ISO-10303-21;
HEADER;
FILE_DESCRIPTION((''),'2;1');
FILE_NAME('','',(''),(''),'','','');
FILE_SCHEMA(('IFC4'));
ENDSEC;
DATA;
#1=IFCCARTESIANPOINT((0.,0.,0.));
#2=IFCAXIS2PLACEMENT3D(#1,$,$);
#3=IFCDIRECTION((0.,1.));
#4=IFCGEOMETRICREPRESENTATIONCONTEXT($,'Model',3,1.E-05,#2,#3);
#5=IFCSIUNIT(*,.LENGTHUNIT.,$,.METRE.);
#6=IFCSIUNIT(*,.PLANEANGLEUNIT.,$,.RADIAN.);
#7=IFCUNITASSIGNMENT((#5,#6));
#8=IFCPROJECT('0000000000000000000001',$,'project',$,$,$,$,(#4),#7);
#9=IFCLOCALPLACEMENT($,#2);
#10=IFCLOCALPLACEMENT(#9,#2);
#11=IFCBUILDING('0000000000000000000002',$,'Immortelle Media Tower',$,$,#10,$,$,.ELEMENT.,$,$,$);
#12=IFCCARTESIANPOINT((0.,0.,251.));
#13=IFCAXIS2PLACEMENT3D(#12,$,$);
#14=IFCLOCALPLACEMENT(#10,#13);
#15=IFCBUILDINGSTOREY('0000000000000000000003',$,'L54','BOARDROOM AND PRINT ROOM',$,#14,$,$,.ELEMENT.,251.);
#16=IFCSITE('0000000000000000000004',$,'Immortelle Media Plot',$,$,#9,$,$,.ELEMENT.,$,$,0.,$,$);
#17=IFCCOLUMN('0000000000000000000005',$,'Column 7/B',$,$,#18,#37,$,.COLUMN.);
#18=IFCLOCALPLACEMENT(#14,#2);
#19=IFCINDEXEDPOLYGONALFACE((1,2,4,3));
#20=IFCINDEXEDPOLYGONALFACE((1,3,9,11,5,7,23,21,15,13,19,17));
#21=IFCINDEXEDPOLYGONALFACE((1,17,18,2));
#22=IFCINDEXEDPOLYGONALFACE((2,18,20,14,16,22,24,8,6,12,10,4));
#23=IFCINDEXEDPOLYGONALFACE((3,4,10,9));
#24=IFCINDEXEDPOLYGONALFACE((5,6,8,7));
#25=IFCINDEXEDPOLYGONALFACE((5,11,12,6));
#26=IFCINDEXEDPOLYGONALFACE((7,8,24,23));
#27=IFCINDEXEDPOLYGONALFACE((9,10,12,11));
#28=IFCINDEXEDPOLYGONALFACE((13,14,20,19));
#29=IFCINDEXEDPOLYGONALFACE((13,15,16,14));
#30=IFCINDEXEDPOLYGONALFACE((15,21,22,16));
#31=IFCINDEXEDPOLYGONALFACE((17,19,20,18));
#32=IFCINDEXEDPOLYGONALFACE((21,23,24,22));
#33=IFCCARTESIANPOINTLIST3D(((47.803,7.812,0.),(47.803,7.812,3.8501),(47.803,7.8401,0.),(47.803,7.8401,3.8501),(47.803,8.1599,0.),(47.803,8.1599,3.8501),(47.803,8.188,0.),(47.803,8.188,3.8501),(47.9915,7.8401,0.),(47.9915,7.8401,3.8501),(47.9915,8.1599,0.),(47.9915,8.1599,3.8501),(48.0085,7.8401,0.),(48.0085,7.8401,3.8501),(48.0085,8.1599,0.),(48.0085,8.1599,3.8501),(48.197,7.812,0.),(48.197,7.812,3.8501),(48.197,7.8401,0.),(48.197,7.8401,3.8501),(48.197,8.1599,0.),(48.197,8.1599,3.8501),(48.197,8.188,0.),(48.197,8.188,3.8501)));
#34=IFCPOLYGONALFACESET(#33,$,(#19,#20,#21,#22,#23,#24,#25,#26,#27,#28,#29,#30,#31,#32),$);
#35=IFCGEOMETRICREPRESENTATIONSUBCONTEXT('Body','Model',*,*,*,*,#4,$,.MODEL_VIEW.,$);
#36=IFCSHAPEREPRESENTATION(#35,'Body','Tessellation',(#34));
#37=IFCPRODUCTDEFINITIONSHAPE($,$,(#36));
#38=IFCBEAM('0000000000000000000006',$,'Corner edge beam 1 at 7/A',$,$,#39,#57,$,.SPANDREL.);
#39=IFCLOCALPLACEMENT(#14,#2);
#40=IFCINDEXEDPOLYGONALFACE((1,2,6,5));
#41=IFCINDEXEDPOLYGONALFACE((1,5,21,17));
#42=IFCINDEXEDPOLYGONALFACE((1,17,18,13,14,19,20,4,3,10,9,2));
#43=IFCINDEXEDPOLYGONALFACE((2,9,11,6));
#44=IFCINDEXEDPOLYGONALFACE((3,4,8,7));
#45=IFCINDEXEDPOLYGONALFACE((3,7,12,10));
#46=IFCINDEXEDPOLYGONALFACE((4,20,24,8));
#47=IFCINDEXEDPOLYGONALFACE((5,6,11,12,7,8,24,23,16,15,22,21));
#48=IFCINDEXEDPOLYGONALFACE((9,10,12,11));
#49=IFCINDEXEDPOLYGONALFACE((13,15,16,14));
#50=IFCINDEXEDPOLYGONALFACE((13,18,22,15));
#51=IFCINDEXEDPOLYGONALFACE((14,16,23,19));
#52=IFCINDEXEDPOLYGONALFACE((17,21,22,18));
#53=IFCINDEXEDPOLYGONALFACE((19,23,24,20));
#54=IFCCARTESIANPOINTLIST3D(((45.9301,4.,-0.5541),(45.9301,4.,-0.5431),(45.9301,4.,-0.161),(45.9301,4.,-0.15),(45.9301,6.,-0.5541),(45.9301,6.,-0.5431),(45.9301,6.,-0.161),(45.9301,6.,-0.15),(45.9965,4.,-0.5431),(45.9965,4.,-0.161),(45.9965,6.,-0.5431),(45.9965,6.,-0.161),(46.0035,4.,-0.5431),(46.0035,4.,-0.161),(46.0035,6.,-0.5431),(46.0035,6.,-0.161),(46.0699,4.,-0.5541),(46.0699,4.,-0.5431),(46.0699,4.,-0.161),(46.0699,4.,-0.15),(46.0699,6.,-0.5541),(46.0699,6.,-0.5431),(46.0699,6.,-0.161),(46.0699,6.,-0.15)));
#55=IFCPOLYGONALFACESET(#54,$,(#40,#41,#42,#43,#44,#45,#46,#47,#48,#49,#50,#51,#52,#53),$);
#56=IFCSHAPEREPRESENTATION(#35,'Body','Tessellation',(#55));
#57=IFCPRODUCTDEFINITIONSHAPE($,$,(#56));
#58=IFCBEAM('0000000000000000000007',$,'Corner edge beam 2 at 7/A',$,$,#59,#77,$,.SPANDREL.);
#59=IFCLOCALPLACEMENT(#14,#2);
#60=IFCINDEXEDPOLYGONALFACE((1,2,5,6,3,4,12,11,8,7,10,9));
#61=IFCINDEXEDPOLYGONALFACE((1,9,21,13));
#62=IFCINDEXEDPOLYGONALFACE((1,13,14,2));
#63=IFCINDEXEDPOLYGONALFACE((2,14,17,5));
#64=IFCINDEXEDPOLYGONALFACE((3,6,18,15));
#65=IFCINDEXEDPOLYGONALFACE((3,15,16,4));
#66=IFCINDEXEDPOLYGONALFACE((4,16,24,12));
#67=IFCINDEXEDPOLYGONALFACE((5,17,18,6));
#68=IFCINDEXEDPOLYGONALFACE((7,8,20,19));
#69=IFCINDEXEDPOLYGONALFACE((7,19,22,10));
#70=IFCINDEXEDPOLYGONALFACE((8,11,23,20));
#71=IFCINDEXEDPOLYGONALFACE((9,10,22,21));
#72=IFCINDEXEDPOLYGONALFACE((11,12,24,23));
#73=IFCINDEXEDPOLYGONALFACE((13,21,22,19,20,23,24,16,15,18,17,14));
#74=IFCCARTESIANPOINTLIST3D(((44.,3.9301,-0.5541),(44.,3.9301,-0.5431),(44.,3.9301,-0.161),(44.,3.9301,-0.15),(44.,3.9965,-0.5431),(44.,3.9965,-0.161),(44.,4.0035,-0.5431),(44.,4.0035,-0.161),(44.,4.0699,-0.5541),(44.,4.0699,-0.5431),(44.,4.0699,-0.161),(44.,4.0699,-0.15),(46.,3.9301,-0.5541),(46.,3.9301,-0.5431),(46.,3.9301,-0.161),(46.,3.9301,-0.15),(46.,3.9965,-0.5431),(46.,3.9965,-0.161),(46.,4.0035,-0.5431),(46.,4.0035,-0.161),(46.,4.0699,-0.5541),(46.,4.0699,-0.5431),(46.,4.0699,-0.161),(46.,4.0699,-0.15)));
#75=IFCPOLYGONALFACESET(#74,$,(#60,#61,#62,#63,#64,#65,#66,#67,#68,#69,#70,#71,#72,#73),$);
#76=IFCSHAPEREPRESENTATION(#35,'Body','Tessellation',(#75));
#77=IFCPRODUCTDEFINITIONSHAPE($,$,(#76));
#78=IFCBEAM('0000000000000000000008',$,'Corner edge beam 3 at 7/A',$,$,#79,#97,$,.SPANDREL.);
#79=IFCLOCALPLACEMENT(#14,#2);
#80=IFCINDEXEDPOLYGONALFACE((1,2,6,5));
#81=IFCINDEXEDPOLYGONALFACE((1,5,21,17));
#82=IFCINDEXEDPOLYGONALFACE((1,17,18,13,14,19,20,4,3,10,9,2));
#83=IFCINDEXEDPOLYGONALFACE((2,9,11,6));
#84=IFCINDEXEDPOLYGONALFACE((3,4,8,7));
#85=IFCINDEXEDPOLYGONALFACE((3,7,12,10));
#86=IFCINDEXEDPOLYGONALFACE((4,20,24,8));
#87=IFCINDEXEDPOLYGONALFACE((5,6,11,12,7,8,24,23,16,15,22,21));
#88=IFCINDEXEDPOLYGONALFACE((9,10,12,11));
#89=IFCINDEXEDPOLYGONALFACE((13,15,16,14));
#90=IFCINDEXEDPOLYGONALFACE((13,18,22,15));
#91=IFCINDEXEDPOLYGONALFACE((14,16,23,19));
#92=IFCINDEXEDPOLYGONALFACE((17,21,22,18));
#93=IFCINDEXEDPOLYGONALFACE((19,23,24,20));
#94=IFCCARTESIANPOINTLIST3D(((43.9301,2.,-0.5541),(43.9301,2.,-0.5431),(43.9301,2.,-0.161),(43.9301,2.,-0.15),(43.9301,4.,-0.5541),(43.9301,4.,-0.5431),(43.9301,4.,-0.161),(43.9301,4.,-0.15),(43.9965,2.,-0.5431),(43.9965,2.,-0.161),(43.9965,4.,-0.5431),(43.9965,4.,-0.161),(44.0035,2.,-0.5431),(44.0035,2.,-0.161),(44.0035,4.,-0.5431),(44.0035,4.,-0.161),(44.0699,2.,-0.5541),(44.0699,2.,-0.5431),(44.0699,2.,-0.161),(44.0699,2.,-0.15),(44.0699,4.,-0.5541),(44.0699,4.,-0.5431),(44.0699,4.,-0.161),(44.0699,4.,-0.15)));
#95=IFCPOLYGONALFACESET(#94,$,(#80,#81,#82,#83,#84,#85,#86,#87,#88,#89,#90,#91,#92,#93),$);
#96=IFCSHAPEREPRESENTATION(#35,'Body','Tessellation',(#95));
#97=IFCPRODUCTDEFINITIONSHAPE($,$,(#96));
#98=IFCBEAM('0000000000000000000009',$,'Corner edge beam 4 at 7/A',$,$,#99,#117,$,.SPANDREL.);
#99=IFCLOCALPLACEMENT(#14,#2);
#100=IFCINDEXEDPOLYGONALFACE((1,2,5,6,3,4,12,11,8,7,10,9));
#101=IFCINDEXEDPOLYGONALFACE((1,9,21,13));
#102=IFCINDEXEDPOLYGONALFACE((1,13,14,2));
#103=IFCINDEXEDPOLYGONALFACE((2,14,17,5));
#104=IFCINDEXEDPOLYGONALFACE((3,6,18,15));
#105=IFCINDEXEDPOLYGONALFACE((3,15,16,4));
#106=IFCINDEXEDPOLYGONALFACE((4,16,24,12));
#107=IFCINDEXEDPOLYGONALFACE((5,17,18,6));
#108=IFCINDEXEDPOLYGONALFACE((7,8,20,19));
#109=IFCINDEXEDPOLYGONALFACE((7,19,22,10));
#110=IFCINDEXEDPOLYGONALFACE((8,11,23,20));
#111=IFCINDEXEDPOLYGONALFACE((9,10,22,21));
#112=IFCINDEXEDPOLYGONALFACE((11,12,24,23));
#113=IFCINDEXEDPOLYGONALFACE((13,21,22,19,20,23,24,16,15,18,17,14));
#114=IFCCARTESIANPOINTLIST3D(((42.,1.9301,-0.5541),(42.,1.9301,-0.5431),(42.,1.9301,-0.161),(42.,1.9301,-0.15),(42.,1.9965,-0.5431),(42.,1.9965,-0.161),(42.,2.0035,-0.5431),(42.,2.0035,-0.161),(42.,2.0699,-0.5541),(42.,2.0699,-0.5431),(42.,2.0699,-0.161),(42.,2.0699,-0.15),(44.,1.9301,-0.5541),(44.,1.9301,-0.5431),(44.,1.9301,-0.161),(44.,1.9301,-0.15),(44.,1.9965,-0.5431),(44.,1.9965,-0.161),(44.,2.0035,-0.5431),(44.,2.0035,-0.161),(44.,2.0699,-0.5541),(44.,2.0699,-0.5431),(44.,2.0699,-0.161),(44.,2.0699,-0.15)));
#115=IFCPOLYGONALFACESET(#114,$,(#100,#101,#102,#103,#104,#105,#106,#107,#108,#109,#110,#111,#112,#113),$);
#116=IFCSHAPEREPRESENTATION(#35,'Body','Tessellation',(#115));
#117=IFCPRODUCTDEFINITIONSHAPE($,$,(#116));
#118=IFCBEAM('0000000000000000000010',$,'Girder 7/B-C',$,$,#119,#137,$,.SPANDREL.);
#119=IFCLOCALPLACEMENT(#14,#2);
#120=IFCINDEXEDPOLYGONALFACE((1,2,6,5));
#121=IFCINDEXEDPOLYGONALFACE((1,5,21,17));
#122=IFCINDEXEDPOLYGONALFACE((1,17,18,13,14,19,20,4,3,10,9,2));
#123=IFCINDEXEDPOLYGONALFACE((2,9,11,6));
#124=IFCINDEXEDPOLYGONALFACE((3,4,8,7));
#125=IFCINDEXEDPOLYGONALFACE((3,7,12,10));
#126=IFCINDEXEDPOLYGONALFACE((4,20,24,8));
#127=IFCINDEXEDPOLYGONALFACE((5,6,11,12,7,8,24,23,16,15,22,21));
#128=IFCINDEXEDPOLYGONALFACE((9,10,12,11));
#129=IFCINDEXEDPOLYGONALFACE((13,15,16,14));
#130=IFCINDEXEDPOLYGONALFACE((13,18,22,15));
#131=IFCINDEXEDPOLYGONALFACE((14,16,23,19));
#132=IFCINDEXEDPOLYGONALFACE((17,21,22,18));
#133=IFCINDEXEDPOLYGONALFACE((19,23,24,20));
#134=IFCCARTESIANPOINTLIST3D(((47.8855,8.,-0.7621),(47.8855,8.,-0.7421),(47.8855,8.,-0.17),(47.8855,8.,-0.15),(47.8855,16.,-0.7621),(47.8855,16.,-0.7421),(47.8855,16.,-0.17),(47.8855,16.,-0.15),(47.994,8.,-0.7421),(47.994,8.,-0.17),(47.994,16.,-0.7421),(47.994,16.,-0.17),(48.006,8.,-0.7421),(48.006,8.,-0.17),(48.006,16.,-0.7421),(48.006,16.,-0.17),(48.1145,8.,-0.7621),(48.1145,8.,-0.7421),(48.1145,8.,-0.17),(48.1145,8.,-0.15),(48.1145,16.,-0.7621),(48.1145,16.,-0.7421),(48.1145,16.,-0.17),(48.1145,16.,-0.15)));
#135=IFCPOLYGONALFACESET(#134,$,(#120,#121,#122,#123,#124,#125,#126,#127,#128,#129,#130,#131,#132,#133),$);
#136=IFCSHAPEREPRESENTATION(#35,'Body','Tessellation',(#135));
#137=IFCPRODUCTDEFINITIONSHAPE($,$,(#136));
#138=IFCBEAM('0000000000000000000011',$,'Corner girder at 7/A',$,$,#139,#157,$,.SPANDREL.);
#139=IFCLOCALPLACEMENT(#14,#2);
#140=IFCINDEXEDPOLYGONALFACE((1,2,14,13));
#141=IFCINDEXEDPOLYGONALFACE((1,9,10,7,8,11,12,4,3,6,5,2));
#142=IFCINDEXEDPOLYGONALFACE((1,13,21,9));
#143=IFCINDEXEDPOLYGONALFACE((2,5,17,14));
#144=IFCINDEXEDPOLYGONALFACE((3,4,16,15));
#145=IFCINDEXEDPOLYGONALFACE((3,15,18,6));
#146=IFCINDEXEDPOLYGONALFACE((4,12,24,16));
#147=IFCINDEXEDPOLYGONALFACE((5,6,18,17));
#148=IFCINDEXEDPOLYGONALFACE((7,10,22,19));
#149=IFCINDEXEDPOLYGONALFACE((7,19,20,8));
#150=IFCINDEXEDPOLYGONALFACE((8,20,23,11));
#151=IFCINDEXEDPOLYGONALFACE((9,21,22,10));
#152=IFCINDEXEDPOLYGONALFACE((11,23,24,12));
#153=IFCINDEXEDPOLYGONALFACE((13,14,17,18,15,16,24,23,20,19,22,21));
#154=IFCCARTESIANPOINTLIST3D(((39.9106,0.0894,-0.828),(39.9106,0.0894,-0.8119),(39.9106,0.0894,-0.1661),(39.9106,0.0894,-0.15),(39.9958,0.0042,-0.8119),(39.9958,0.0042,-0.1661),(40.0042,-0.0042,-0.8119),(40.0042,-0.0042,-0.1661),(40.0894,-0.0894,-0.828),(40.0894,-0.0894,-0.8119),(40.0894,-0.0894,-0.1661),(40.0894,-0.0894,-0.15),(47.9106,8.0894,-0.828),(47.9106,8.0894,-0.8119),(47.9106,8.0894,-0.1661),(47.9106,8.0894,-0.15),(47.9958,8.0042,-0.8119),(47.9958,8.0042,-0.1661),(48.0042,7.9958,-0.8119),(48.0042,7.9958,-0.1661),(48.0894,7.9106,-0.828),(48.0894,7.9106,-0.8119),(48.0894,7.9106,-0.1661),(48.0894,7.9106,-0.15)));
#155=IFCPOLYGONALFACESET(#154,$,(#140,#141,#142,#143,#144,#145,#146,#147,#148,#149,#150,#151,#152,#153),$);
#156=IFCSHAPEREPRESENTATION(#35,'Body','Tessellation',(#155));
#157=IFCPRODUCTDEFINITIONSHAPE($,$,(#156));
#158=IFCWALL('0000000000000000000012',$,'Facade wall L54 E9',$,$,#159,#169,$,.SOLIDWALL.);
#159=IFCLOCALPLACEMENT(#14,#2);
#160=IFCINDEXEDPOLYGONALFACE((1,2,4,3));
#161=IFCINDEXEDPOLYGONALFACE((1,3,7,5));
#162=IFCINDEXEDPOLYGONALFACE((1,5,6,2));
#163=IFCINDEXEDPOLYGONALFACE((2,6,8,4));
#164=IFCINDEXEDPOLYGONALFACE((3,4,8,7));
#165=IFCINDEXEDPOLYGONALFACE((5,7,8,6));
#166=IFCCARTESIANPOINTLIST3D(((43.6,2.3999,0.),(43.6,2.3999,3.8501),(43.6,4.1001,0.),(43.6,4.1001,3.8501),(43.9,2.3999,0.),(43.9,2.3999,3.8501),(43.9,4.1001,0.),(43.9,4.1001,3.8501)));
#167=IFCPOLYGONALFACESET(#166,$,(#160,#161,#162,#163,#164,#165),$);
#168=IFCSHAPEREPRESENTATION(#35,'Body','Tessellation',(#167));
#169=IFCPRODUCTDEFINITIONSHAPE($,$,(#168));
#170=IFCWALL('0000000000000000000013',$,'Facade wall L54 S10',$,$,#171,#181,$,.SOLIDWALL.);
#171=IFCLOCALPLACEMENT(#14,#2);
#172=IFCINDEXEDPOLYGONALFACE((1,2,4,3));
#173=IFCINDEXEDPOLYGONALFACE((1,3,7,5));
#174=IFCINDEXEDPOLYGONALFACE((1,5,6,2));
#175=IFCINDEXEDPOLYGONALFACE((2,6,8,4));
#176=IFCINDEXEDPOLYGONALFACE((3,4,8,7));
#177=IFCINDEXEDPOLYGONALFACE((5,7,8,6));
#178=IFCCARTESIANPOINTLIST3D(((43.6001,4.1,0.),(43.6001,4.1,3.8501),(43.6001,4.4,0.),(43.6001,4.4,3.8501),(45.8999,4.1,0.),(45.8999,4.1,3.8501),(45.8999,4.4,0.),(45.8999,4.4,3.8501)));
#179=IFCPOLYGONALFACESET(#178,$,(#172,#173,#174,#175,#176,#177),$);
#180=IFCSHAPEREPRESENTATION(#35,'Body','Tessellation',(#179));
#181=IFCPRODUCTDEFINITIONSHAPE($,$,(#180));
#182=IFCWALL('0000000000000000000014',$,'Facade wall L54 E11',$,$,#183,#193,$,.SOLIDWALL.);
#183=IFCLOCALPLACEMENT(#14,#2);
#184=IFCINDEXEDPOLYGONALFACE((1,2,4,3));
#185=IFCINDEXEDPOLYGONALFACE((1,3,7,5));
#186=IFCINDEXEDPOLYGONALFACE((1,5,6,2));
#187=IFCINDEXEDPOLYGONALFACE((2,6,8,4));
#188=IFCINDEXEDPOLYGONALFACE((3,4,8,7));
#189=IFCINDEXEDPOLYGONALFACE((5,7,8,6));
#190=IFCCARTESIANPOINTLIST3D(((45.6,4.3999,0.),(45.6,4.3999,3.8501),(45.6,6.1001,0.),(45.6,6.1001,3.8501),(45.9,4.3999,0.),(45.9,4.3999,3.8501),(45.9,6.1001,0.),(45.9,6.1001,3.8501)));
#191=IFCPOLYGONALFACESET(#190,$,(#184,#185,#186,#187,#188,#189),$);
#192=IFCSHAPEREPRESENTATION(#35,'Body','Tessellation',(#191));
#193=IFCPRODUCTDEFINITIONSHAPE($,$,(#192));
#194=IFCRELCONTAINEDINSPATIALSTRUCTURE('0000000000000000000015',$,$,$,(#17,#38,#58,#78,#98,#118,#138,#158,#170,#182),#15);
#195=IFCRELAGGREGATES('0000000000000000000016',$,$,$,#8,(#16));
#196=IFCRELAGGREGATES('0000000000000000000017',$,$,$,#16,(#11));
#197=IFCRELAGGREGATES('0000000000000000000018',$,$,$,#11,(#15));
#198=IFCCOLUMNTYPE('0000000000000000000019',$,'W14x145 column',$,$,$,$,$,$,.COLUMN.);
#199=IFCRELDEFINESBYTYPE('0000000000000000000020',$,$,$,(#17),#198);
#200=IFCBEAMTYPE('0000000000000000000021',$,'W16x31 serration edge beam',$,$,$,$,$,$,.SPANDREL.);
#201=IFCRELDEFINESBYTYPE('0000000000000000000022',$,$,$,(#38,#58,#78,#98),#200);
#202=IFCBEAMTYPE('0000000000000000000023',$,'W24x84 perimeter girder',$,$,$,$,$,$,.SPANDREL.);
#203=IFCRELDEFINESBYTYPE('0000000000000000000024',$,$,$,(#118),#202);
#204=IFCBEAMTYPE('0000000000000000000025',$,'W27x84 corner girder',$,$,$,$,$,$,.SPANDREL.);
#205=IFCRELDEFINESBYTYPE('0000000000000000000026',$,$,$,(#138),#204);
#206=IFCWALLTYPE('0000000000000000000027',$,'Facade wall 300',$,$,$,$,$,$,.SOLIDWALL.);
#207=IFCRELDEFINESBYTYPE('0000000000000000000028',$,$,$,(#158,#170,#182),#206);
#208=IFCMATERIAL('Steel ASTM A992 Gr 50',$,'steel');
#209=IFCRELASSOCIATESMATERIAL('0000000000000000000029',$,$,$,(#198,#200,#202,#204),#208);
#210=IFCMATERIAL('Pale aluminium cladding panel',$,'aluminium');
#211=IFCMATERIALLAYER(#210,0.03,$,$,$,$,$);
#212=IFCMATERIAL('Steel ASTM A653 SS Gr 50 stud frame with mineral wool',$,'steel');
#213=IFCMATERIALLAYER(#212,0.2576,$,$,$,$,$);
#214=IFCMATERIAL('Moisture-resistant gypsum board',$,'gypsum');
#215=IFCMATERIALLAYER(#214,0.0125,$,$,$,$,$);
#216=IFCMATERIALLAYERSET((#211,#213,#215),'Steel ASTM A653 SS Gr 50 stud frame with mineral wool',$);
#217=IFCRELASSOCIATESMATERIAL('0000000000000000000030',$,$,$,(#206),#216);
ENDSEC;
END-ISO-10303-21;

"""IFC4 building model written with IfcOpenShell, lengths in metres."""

from ifc_helpers import new_model, si_unit, direction, frame, frame_2d, origin, origin_2d, place, context, subcontext, project, spatial, rectangle, i_section, extrude, material, layer, layer_set, material_profile, profile_set, type_object, element, save


model = new_model("IFC4")

# Units and contexts
model_context = context("Model", 3, precision=1e-05, world=origin(), true_north=direction((0.0, 1.0)))
body_context = subcontext(model_context, "Body", "Model", "MODEL_VIEW")
ifc_project = project(units=[si_unit("LENGTHUNIT", "METRE"), si_unit("PLANEANGLEUNIT", "RADIAN")], contexts=[model_context])

# Site, building, storey
site_placement = place(None, origin())
site = spatial("IfcSite", under=ifc_project, at=site_placement, Name="Immortelle Media Plot", CompositionType="ELEMENT", RefElevation=0.0)
building_placement = place(site_placement, origin())
building = spatial("IfcBuilding", under=site, at=building_placement, Name="Immortelle Media Tower", CompositionType="ELEMENT")
storey_placement = place(building_placement, frame((0.0, 0.0, 251.0)))
storey = spatial("IfcBuildingStorey", under=building, at=storey_placement, Name="L54", Description="BOARDROOM AND PRINT ROOM", CompositionType="ELEMENT", Elevation=251.0)

# Column
ifc_material_1 = material(Name="Steel ASTM A992 Gr 50", Category="steel")
ifc_material_profile_1 = material_profile(ifc_material_1, i_section(OverallWidth=0.394, OverallDepth=0.376, WebThickness=0.0171, FlangeThickness=0.0281, at=origin_2d()), Name="W14x145")
ifc_profile_set_1 = profile_set([ifc_material_profile_1], Name="Steel ASTM A992 Gr 50")
column_type = type_object("IfcColumnType", Name="W14x145 column", PredefinedType="COLUMN", material=ifc_profile_set_1)
column_placement = place(storey_placement, frame((48.0, 8.0, 0.0), z_axis=(0.0, 0.0, 1.0), x_axis=(1.0, 0.0, 0.0)))
element("IfcColumn", 1, at=column_placement, inside=storey, type_object=column_type, Name="Column 7/B", PredefinedType="COLUMN", context=body_context, shape_type="SweptSolid", body=[
    extrude(i_section(OverallWidth=0.394, OverallDepth=0.376, WebThickness=0.0171, FlangeThickness=0.0281, at=origin_2d()), origin(), (0.0, 0.0, 1.0), 3.8501),
])

# Beams
ifc_material_profile_2 = material_profile(ifc_material_1, i_section(OverallWidth=0.1399, OverallDepth=0.4041, WebThickness=0.0071, FlangeThickness=0.011, at=origin_2d()), Name="W16x31")
ifc_profile_set_2 = profile_set([ifc_material_profile_2], Name="Steel ASTM A992 Gr 50")
beam_type_1 = type_object("IfcBeamType", Name="W16x31 serration edge beam", PredefinedType="SPANDREL", material=ifc_profile_set_2)
for number, where, z_axis, x_axis, name in (
    (2, (46.0, 6.0, -0.3521), (0.0, -1.0, 0.0), (1.0, 0.0, 0.0), "Corner edge beam 1 at 7/A"),
    (3, (46.0, 4.0, -0.3521), (-1.0, 0.0, 0.0), (0.0, -1.0, 0.0), "Corner edge beam 2 at 7/A"),
    (4, (44.0, 4.0, -0.3521), (0.0, -1.0, 0.0), (1.0, 0.0, 0.0), "Corner edge beam 3 at 7/A"),
    (5, (44.0, 2.0, -0.3521), (-1.0, 0.0, 0.0), (0.0, -1.0, 0.0), "Corner edge beam 4 at 7/A"),
):
    element("IfcBeam", number, at=place(storey_placement, frame(where, z_axis=z_axis, x_axis=x_axis)), inside=storey, type_object=beam_type_1, Name=name, PredefinedType="SPANDREL", context=body_context, shape_type="SweptSolid", body=[
        extrude(i_section(OverallWidth=0.1399, OverallDepth=0.4041, WebThickness=0.0071, FlangeThickness=0.011, at=origin_2d()), origin(), (0.0, 0.0, 1.0), 2.0),
    ])
ifc_material_profile_3 = material_profile(ifc_material_1, i_section(OverallWidth=0.229, OverallDepth=0.6121, WebThickness=0.012, FlangeThickness=0.02, at=origin_2d()), Name="W24x84")
ifc_profile_set_3 = profile_set([ifc_material_profile_3], Name="Steel ASTM A992 Gr 50")
beam_type_2 = type_object("IfcBeamType", Name="W24x84 perimeter girder", PredefinedType="SPANDREL", material=ifc_profile_set_3)
beam_1_placement = place(storey_placement, frame((48.0, 8.0, -0.4561), z_axis=(0.0, 1.0, 0.0), x_axis=(-1.0, 0.0, 0.0)))
element("IfcBeam", 6, at=beam_1_placement, inside=storey, type_object=beam_type_2, Name="Girder 7/B-C", PredefinedType="SPANDREL", context=body_context, shape_type="SweptSolid", body=[
    extrude(i_section(OverallWidth=0.229, OverallDepth=0.6121, WebThickness=0.012, FlangeThickness=0.02, at=origin_2d()), origin(), (0.0, 0.0, 1.0), 8.0),
])
ifc_material_profile_4 = material_profile(ifc_material_1, i_section(OverallWidth=0.2529, OverallDepth=0.678, WebThickness=0.012, FlangeThickness=0.0161, at=origin_2d()), Name="W27x84")
ifc_profile_set_4 = profile_set([ifc_material_profile_4], Name="Steel ASTM A992 Gr 50")
beam_type_3 = type_object("IfcBeamType", Name="W27x84 corner girder", PredefinedType="SPANDREL", material=ifc_profile_set_4)
beam_2_placement = place(storey_placement, frame((48.0, 8.0, -0.489), z_axis=(-0.707107, -0.707107, 0.0), x_axis=(0.707107, -0.707107, 0.0)))
element("IfcBeam", 7, at=beam_2_placement, inside=storey, type_object=beam_type_3, Name="Corner girder at 7/A", PredefinedType="SPANDREL", context=body_context, shape_type="SweptSolid", body=[
    extrude(i_section(OverallWidth=0.2529, OverallDepth=0.678, WebThickness=0.012, FlangeThickness=0.0161, at=origin_2d()), origin(), (0.0, 0.0, 1.0), 11.3137),
])

# Walls
ifc_material_2 = material(Name="Pale aluminium cladding panel", Category="aluminium")
ifc_layer_1 = layer(ifc_material_2, 0.03)
ifc_material_3 = material(Name="Steel ASTM A653 SS Gr 50 stud frame with mineral wool", Category="steel")
ifc_layer_2 = layer(ifc_material_3, 0.2576)
ifc_material_4 = material(Name="Moisture-resistant gypsum board", Category="gypsum")
ifc_layer_3 = layer(ifc_material_4, 0.0125)
ifc_layer_set_1 = layer_set([ifc_layer_1, ifc_layer_2, ifc_layer_3], Name="Steel ASTM A653 SS Gr 50 stud frame with mineral wool")
wall_type_1 = type_object("IfcWallType", Name="Facade wall 300", PredefinedType="SOLIDWALL", material=ifc_layer_set_1)
wall_1_placement = place(storey_placement, frame((43.75, 2.3999, 0.0), z_axis=(0.0, 0.0, 1.0), x_axis=(0.0, 1.0, 0.0)))
element("IfcWall", 8, at=wall_1_placement, inside=storey, type_object=wall_type_1, Name="Facade wall L54 E9", PredefinedType="SOLIDWALL", context=body_context, shape_type="SweptSolid", body=[
    extrude(rectangle(XDim=1.7002, YDim=0.3, at=frame_2d((0.8501, 0.0))), origin(), (0.0, 0.0, 1.0), 3.8501),
])
wall_2_placement = place(storey_placement, frame((43.6001, 4.25, 0.0), z_axis=(0.0, 0.0, 1.0), x_axis=(1.0, 0.0, 0.0)))
element("IfcWall", 9, at=wall_2_placement, inside=storey, type_object=wall_type_1, Name="Facade wall L54 S10", PredefinedType="SOLIDWALL", context=body_context, shape_type="SweptSolid", body=[
    extrude(rectangle(XDim=2.2998, YDim=0.3, at=frame_2d((1.1499, 0.0))), origin(), (0.0, 0.0, 1.0), 3.8501),
])
wall_3_placement = place(storey_placement, frame((45.75, 4.3999, 0.0), z_axis=(0.0, 0.0, 1.0), x_axis=(0.0, 1.0, 0.0)))
element("IfcWall", 10, at=wall_3_placement, inside=storey, type_object=wall_type_1, Name="Facade wall L54 E11", PredefinedType="SOLIDWALL", context=body_context, shape_type="SweptSolid", body=[
    extrude(rectangle(XDim=1.7002, YDim=0.3, at=frame_2d((0.8501, 0.0))), origin(), (0.0, 0.0, 1.0), 3.8501),
])

save(model, "model.ifc")
